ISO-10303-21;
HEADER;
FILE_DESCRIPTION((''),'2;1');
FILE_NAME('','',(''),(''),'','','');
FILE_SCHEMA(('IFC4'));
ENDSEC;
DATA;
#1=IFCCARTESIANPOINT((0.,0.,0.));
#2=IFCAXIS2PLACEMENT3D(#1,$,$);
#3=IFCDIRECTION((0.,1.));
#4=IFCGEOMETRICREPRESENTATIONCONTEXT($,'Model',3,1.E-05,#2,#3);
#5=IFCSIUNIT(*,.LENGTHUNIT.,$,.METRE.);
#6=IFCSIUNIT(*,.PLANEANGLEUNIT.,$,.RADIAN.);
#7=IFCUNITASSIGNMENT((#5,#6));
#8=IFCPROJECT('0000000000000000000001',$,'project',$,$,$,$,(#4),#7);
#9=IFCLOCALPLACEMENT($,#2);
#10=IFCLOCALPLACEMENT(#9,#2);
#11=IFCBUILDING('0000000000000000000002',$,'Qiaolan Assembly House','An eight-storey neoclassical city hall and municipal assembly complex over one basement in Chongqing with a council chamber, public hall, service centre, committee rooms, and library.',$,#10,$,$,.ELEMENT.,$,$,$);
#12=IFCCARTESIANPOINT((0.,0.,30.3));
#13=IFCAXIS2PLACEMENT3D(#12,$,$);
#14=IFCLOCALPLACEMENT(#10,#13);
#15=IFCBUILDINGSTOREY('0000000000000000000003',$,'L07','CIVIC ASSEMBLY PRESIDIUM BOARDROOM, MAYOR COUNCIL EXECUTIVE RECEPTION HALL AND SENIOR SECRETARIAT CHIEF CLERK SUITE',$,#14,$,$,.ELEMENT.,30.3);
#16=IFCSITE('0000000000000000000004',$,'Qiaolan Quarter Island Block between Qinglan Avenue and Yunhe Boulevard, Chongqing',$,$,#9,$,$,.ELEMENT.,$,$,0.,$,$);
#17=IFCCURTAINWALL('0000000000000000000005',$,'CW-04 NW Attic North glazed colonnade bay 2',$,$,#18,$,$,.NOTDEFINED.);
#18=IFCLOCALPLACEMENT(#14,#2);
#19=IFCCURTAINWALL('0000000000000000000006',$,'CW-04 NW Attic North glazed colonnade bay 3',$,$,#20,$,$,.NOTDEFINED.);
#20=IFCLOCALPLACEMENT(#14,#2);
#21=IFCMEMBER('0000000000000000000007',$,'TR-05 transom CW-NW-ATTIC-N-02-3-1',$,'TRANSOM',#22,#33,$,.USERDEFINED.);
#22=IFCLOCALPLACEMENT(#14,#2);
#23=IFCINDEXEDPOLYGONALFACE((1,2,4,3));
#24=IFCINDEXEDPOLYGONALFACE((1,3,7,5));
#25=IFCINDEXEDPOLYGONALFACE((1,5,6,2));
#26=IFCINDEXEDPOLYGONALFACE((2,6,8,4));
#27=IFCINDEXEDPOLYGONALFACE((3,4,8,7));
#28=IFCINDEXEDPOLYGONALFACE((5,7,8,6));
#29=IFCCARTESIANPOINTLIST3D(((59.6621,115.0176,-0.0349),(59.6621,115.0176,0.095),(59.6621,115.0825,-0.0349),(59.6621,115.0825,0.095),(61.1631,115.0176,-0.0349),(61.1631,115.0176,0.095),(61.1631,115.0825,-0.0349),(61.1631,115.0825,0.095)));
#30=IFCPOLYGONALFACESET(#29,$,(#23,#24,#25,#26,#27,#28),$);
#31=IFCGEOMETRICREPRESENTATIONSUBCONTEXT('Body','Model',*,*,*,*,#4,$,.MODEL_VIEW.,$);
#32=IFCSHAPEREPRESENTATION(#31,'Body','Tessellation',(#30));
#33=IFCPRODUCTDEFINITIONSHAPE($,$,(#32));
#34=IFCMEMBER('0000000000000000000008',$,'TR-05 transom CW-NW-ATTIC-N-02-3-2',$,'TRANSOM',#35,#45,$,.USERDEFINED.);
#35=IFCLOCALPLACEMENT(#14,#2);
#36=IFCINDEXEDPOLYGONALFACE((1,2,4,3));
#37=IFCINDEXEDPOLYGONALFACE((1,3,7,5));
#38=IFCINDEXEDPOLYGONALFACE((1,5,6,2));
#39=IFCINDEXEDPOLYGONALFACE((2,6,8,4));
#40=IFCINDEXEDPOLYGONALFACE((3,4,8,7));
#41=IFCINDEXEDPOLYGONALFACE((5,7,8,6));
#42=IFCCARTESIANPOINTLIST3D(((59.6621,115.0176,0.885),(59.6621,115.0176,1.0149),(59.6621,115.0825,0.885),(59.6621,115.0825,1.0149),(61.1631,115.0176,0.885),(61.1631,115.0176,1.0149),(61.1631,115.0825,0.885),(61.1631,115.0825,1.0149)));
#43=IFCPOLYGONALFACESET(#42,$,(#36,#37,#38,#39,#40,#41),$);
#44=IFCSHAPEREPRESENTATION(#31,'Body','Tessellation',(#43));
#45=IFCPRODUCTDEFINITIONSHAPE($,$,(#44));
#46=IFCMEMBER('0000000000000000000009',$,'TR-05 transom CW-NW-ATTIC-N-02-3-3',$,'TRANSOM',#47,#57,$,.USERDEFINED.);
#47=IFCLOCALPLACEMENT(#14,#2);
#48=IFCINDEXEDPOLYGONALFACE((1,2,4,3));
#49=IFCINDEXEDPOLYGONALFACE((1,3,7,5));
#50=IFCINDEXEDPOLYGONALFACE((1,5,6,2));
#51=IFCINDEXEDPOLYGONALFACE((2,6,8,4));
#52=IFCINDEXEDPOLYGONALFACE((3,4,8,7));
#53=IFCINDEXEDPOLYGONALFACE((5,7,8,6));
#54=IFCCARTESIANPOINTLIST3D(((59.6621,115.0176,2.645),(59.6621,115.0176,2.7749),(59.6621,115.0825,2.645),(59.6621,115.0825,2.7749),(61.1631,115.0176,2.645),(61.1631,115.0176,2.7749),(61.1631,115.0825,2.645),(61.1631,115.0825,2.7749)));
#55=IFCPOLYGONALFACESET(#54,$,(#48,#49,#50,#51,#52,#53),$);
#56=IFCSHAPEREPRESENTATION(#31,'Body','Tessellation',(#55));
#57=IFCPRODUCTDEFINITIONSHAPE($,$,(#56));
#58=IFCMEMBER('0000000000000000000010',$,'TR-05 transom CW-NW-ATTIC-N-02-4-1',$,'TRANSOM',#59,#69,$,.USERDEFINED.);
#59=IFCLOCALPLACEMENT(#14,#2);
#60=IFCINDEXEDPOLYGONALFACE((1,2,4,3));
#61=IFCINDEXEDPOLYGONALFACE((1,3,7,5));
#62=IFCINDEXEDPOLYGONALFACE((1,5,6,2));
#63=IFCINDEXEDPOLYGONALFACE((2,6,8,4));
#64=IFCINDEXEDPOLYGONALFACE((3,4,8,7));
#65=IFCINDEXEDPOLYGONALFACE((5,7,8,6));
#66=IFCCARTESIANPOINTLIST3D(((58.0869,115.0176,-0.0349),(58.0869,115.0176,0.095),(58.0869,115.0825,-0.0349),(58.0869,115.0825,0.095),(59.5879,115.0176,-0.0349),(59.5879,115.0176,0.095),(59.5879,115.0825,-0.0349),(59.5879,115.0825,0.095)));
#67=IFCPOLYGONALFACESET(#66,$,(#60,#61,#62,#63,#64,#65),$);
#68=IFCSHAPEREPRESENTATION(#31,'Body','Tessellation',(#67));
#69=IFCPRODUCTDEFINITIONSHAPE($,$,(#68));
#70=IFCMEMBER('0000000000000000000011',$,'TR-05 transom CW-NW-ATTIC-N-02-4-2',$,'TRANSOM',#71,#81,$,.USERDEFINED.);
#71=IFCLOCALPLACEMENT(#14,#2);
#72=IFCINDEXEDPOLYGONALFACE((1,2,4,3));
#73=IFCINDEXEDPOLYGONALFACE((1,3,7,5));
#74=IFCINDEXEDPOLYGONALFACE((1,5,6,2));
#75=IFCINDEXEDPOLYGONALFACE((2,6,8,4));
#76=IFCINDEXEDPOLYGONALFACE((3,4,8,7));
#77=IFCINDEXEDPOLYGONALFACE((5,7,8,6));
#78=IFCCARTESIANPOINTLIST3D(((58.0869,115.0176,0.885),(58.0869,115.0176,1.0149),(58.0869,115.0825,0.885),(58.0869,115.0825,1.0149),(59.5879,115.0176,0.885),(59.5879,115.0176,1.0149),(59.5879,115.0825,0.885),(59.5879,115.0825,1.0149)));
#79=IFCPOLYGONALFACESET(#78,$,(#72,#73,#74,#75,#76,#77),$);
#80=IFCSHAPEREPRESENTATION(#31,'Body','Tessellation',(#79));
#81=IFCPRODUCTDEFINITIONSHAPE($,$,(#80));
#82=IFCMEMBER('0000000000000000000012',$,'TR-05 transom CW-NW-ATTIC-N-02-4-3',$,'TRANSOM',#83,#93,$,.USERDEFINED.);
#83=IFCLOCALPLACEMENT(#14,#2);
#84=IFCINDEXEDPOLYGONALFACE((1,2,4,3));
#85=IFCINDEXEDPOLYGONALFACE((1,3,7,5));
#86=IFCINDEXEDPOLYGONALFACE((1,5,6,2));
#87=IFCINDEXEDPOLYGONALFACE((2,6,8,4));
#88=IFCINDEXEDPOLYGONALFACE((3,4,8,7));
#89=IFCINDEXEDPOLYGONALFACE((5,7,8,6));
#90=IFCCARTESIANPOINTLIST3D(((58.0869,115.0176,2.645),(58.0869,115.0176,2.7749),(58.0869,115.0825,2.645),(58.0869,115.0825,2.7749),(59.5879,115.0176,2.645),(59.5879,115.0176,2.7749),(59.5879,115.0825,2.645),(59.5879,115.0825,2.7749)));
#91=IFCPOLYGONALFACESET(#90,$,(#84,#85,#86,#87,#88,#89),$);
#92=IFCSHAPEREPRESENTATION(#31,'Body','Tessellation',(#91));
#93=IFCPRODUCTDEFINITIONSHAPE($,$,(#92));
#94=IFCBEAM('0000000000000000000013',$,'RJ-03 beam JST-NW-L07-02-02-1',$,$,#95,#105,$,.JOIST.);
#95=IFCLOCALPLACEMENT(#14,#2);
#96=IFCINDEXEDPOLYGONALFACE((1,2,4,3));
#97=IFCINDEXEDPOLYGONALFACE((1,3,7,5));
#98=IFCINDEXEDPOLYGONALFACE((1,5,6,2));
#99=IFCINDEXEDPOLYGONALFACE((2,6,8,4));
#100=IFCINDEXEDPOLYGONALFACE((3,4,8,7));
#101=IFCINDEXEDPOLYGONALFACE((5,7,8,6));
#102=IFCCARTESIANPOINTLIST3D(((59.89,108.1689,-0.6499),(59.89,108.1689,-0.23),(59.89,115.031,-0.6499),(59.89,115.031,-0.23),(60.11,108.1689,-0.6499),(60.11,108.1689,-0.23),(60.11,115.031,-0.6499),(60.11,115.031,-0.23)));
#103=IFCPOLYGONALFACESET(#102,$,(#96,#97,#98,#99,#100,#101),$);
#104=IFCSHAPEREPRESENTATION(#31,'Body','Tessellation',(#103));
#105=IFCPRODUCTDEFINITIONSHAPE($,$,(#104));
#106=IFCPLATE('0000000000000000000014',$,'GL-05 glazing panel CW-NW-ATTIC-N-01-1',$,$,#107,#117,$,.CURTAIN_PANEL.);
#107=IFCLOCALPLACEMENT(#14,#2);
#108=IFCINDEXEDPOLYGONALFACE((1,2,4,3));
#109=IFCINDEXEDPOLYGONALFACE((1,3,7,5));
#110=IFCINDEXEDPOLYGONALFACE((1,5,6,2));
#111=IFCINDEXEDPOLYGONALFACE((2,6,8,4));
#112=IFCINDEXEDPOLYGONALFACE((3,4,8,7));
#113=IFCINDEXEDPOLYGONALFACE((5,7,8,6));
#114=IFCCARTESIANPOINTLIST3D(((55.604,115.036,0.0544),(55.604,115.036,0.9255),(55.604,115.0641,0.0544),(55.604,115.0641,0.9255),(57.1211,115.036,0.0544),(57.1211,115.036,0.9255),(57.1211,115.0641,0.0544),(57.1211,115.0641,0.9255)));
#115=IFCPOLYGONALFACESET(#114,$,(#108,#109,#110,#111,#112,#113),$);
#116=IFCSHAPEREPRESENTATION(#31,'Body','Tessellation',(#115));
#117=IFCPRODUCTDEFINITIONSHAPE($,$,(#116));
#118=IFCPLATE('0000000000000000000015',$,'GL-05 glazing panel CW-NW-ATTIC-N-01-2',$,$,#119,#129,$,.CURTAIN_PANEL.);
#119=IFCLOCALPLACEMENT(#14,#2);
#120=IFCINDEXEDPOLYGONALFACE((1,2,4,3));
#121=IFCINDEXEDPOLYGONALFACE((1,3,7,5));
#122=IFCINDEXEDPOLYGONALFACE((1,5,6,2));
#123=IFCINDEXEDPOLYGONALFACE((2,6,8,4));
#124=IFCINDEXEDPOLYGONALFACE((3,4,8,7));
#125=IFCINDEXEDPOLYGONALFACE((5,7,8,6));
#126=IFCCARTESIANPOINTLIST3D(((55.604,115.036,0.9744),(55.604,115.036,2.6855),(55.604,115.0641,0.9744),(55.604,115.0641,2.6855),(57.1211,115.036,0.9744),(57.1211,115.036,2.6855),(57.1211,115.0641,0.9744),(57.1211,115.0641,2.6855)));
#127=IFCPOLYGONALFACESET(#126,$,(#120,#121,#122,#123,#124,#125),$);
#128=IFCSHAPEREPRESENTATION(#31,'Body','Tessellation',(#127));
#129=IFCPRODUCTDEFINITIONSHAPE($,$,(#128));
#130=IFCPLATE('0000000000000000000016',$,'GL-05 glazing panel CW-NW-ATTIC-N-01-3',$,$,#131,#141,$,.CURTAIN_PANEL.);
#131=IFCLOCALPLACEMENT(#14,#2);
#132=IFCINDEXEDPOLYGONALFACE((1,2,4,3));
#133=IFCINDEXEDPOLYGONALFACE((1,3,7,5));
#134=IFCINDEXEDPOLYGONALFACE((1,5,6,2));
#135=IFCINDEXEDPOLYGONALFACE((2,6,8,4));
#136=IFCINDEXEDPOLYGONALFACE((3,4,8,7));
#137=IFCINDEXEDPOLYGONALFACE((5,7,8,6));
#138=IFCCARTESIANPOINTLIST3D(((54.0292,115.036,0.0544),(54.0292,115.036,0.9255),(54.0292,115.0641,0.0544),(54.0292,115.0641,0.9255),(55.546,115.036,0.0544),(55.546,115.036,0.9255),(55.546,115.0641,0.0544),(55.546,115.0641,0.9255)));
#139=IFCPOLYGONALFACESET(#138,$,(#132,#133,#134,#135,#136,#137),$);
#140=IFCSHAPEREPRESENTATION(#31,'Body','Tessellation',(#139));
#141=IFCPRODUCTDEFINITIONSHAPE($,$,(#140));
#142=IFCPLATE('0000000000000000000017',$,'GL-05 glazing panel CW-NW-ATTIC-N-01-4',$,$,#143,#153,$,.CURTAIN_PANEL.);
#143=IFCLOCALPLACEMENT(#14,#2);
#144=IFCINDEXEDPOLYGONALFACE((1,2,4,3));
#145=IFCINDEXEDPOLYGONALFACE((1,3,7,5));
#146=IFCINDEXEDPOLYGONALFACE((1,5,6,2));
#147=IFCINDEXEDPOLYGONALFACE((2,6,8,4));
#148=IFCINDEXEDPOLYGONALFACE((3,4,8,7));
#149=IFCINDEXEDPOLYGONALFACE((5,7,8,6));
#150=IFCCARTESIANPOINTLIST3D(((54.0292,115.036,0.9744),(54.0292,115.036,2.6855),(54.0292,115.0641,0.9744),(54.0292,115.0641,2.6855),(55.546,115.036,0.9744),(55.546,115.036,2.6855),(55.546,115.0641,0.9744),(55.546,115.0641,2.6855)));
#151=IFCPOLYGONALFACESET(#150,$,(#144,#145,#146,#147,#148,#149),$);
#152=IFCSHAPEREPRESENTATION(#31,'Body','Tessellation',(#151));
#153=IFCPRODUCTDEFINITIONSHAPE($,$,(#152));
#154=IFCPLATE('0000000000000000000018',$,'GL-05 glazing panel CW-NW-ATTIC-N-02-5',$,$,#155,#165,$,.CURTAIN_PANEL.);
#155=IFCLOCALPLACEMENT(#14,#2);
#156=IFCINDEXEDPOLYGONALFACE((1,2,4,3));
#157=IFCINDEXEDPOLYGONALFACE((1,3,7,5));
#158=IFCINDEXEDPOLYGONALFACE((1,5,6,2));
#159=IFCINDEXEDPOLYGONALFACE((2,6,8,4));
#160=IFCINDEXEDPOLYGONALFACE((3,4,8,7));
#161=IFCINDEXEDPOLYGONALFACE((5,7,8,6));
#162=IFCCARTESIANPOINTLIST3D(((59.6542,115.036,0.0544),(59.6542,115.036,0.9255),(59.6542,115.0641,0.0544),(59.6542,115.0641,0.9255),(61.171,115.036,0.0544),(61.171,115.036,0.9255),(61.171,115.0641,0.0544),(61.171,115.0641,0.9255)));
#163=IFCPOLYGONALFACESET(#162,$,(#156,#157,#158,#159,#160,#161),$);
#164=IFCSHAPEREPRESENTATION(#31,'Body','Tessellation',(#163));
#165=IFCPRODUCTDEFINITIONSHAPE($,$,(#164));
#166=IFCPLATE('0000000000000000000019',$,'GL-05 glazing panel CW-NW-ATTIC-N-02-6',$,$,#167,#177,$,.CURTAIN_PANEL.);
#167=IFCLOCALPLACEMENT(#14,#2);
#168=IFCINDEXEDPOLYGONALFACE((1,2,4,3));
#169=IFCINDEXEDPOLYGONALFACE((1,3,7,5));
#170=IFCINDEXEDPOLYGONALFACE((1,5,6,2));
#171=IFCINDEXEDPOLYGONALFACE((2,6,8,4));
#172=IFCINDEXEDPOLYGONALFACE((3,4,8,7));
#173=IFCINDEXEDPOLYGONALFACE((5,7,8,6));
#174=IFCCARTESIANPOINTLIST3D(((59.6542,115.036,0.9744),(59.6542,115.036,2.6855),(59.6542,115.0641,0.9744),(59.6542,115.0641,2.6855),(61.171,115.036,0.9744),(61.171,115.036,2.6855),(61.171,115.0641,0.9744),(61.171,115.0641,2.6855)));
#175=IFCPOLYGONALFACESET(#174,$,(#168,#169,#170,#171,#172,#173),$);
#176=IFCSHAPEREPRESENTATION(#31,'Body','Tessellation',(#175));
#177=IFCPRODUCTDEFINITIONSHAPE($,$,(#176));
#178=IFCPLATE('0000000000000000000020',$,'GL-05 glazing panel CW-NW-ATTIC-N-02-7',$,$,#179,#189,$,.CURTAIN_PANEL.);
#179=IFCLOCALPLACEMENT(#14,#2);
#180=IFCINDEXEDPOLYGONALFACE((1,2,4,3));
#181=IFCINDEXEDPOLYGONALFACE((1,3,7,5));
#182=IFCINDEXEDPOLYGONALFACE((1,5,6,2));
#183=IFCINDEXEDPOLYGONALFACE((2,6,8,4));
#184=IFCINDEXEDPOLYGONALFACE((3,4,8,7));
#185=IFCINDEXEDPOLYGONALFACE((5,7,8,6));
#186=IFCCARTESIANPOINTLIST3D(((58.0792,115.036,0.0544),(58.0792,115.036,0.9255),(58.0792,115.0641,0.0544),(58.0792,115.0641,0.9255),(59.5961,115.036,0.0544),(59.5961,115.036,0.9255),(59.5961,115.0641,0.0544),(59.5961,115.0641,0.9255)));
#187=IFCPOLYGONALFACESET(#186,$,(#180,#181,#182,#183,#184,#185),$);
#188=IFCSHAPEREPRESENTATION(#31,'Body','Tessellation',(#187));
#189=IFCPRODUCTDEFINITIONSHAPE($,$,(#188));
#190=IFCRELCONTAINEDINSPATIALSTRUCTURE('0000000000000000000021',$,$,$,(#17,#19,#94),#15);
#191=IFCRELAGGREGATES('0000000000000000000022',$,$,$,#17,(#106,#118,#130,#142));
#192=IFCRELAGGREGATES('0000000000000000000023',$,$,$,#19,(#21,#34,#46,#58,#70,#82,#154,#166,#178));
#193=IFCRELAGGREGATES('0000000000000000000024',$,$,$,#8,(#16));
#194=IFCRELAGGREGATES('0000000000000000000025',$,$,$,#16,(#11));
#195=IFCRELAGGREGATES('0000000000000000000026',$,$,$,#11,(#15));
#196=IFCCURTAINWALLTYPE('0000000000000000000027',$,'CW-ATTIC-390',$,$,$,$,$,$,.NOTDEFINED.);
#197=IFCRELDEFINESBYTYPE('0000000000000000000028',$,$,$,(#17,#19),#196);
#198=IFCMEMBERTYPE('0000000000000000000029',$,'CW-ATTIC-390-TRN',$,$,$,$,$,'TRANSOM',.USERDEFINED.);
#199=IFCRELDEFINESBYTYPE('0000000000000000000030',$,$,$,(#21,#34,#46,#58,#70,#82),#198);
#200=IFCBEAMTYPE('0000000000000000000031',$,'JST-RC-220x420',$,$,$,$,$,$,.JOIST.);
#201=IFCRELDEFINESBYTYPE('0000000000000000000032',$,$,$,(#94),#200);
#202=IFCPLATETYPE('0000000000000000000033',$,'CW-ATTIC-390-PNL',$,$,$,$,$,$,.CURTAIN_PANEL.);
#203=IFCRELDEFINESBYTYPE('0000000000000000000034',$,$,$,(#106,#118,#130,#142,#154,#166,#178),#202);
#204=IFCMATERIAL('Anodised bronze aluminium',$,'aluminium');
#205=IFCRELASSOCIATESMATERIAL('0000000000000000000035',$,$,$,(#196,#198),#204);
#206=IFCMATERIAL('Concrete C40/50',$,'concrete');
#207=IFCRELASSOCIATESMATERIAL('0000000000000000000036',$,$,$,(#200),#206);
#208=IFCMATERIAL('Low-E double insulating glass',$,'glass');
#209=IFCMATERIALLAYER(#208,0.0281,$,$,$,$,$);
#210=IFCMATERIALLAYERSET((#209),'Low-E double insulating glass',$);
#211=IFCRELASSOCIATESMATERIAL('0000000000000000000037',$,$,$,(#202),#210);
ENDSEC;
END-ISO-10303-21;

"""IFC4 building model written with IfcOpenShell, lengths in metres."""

from ifc_helpers import new_model, si_unit, direction, frame, frame_2d, origin, origin_2d, place, context, subcontext, project, spatial, rectangle, extrude, material, layer, layer_set, material_profile, profile_set, type_object, element, aggregate, save


model = new_model("IFC4")

# Units and contexts
model_context = context("Model", 3, precision=1e-05, world=origin(), true_north=direction((0.0, 1.0)))
body_context = subcontext(model_context, "Body", "Model", "MODEL_VIEW")
ifc_project = project(units=[si_unit("LENGTHUNIT", "METRE"), si_unit("PLANEANGLEUNIT", "RADIAN")], contexts=[model_context])

# Site, building, storey
site_placement = place(None, origin())
site = spatial("IfcSite", under=ifc_project, at=site_placement, Name="Qiaolan Quarter Island Block between Qinglan Avenue and Yunhe Boulevard, Chongqing", CompositionType="ELEMENT", RefElevation=0.0)
building_placement = place(site_placement, origin())
building = spatial("IfcBuilding", under=site, at=building_placement, Name="Qiaolan Assembly House", Description="An eight-storey neoclassical city hall and municipal assembly complex over one basement in Chongqing with a council chamber, public hall, service centre, committee rooms, and library.", CompositionType="ELEMENT")
storey_placement = place(building_placement, frame((0.0, 0.0, 30.3)))
storey = spatial("IfcBuildingStorey", under=building, at=storey_placement, Name="L07", Description="CIVIC ASSEMBLY PRESIDIUM BOARDROOM, MAYOR COUNCIL EXECUTIVE RECEPTION HALL AND SENIOR SECRETARIAT CHIEF CLERK SUITE", CompositionType="ELEMENT", Elevation=30.3)

# Shared definitions
ifc_material_1 = material(Name="Concrete C40/50", Category="concrete")

# Curtain walls
ifc_material_2 = material(Name="Anodised bronze aluminium", Category="aluminium")
curtain_wall_type = type_object("IfcCurtainWallType", Name="CW-ATTIC-390", PredefinedType="NOTDEFINED", material=ifc_material_2)
curtain_wall_1_placement = place(storey_placement, origin())
curtain_wall_1 = element("IfcCurtainWall", 1, at=curtain_wall_1_placement, inside=storey, type_object=curtain_wall_type, Name="CW-04 NW Attic North glazed colonnade bay 2", PredefinedType="NOTDEFINED")
curtain_wall_2_placement = place(storey_placement, origin())
curtain_wall_2 = element("IfcCurtainWall", 2, at=curtain_wall_2_placement, inside=storey, type_object=curtain_wall_type, Name="CW-04 NW Attic North glazed colonnade bay 3", PredefinedType="NOTDEFINED")

# Members
ifc_material_profile_1 = material_profile(ifc_material_2, rectangle(XDim=0.0649, YDim=0.1299, at=origin_2d()), Name="TRN 65x130")
ifc_profile_set_1 = profile_set([ifc_material_profile_1], Name="Anodised bronze aluminium")
member_type_1 = type_object("IfcMemberType", Name="CW-ATTIC-390-TRN", ElementType="TRANSOM", PredefinedType="USERDEFINED", material=ifc_profile_set_1)
member_1_placement = place(storey_placement, frame((61.1631, 115.05, 0.03), z_axis=(-1.0, 0.0, 0.0), x_axis=(0.0, -1.0, 0.0)))
member_1 = element("IfcMember", 3, at=member_1_placement, type_object=member_type_1, Name="TR-05 transom CW-NW-ATTIC-N-02-3-1", ObjectType="TRANSOM", PredefinedType="USERDEFINED", context=body_context, shape_type="SweptSolid", body=[
    extrude(rectangle(XDim=0.0649, YDim=0.1299, at=origin_2d()), origin(), (0.0, 0.0, 1.0), 1.501),
])
member_2_placement = place(storey_placement, frame((61.1631, 115.05, 0.95), z_axis=(-1.0, 0.0, 0.0), x_axis=(0.0, -1.0, 0.0)))
member_2 = element("IfcMember", 4, at=member_2_placement, type_object=member_type_1, Name="TR-05 transom CW-NW-ATTIC-N-02-3-2", ObjectType="TRANSOM", PredefinedType="USERDEFINED", context=body_context, shape_type="SweptSolid", body=[
    extrude(rectangle(XDim=0.0649, YDim=0.1299, at=origin_2d()), origin(), (0.0, 0.0, 1.0), 1.501),
])
member_3_placement = place(storey_placement, frame((61.1631, 115.05, 2.71), z_axis=(-1.0, 0.0, 0.0), x_axis=(0.0, -1.0, 0.0)))
member_3 = element("IfcMember", 5, at=member_3_placement, type_object=member_type_1, Name="TR-05 transom CW-NW-ATTIC-N-02-3-3", ObjectType="TRANSOM", PredefinedType="USERDEFINED", context=body_context, shape_type="SweptSolid", body=[
    extrude(rectangle(XDim=0.0649, YDim=0.1299, at=origin_2d()), origin(), (0.0, 0.0, 1.0), 1.501),
])
member_4_placement = place(storey_placement, frame((59.5879, 115.05, 0.03), z_axis=(-1.0, 0.0, 0.0), x_axis=(0.0, -1.0, 0.0)))
member_4 = element("IfcMember", 6, at=member_4_placement, type_object=member_type_1, Name="TR-05 transom CW-NW-ATTIC-N-02-4-1", ObjectType="TRANSOM", PredefinedType="USERDEFINED", context=body_context, shape_type="SweptSolid", body=[
    extrude(rectangle(XDim=0.0649, YDim=0.1299, at=origin_2d()), origin(), (0.0, 0.0, 1.0), 1.501),
])
member_5_placement = place(storey_placement, frame((59.5879, 115.05, 0.95), z_axis=(-1.0, 0.0, 0.0), x_axis=(0.0, -1.0, 0.0)))
member_5 = element("IfcMember", 7, at=member_5_placement, type_object=member_type_1, Name="TR-05 transom CW-NW-ATTIC-N-02-4-2", ObjectType="TRANSOM", PredefinedType="USERDEFINED", context=body_context, shape_type="SweptSolid", body=[
    extrude(rectangle(XDim=0.0649, YDim=0.1299, at=origin_2d()), origin(), (0.0, 0.0, 1.0), 1.501),
])
member_6_placement = place(storey_placement, frame((59.5879, 115.05, 2.71), z_axis=(-1.0, 0.0, 0.0), x_axis=(0.0, -1.0, 0.0)))
member_6 = element("IfcMember", 8, at=member_6_placement, type_object=member_type_1, Name="TR-05 transom CW-NW-ATTIC-N-02-4-3", ObjectType="TRANSOM", PredefinedType="USERDEFINED", context=body_context, shape_type="SweptSolid", body=[
    extrude(rectangle(XDim=0.0649, YDim=0.1299, at=origin_2d()), origin(), (0.0, 0.0, 1.0), 1.501),
])

# Beam
ifc_material_profile_2 = material_profile(ifc_material_1, rectangle(XDim=0.22, YDim=0.4199, at=origin_2d()), Name="RCB 220x420")
ifc_profile_set_2 = profile_set([ifc_material_profile_2], Name="Concrete C40/50")
beam_type_1 = type_object("IfcBeamType", Name="JST-RC-220x420", PredefinedType="JOIST", material=ifc_profile_set_2)
beam_1_placement = place(storey_placement, frame((60.0, 108.1689, -0.4399), z_axis=(0.0, 1.0, 0.0), x_axis=(-1.0, 0.0, 0.0)))
element("IfcBeam", 9, at=beam_1_placement, inside=storey, type_object=beam_type_1, Name="RJ-03 beam JST-NW-L07-02-02-1", PredefinedType="JOIST", context=body_context, shape_type="SweptSolid", body=[
    extrude(rectangle(XDim=0.22, YDim=0.4199, at=origin_2d()), origin(), (0.0, 0.0, 1.0), 6.8621),
])

# Plates
ifc_material_3 = material(Name="Low-E double insulating glass", Category="glass")
ifc_layer_1 = layer(ifc_material_3, 0.0281)
ifc_layer_set_1 = layer_set([ifc_layer_1], Name="Low-E double insulating glass")
plate_type = type_object("IfcPlateType", Name="CW-ATTIC-390-PNL", PredefinedType="CURTAIN_PANEL", material=ifc_layer_set_1)
plate_1_placement = place(storey_placement, frame((57.1211, 115.05, 0.0544), z_axis=(0.0, 0.0, 1.0), x_axis=(-1.0, 0.0, 0.0)))
plate_1 = element("IfcPlate", 10, at=plate_1_placement, type_object=plate_type, Name="GL-05 glazing panel CW-NW-ATTIC-N-01-1", PredefinedType="CURTAIN_PANEL", context=body_context, shape_type="SweptSolid", body=[
    extrude(rectangle(XDim=1.5171, YDim=0.0281, at=frame_2d((0.7585, 0.0))), origin(), (0.0, 0.0, 1.0), 0.8711),
])
plate_2_placement = place(storey_placement, frame((57.1211, 115.05, 0.9744), z_axis=(0.0, 0.0, 1.0), x_axis=(-1.0, 0.0, 0.0)))
plate_2 = element("IfcPlate", 11, at=plate_2_placement, type_object=plate_type, Name="GL-05 glazing panel CW-NW-ATTIC-N-01-2", PredefinedType="CURTAIN_PANEL", context=body_context, shape_type="SweptSolid", body=[
    extrude(rectangle(XDim=1.5171, YDim=0.0281, at=frame_2d((0.7585, 0.0))), origin(), (0.0, 0.0, 1.0), 1.7112),
])
plate_3_placement = place(storey_placement, frame((55.5459, 115.05, 0.0544), z_axis=(0.0, 0.0, 1.0), x_axis=(-1.0, 0.0, 0.0)))
plate_3 = element("IfcPlate", 12, at=plate_3_placement, type_object=plate_type, Name="GL-05 glazing panel CW-NW-ATTIC-N-01-3", PredefinedType="CURTAIN_PANEL", context=body_context, shape_type="SweptSolid", body=[
    extrude(rectangle(XDim=1.5168, YDim=0.0281, at=frame_2d((0.7583, 0.0))), origin(), (0.0, 0.0, 1.0), 0.8711),
])
plate_4_placement = place(storey_placement, frame((55.5459, 115.05, 0.9744), z_axis=(0.0, 0.0, 1.0), x_axis=(-1.0, 0.0, 0.0)))
plate_4 = element("IfcPlate", 13, at=plate_4_placement, type_object=plate_type, Name="GL-05 glazing panel CW-NW-ATTIC-N-01-4", PredefinedType="CURTAIN_PANEL", context=body_context, shape_type="SweptSolid", body=[
    extrude(rectangle(XDim=1.5168, YDim=0.0281, at=frame_2d((0.7583, 0.0))), origin(), (0.0, 0.0, 1.0), 1.7112),
])
aggregate(curtain_wall_1, [plate_1, plate_2, plate_3, plate_4])
plate_5_placement = place(storey_placement, frame((61.1709, 115.05, 0.0544), z_axis=(0.0, 0.0, 1.0), x_axis=(-1.0, 0.0, 0.0)))
plate_5 = element("IfcPlate", 14, at=plate_5_placement, type_object=plate_type, Name="GL-05 glazing panel CW-NW-ATTIC-N-02-5", PredefinedType="CURTAIN_PANEL", context=body_context, shape_type="SweptSolid", body=[
    extrude(rectangle(XDim=1.5168, YDim=0.0281, at=frame_2d((0.7583, 0.0))), origin(), (0.0, 0.0, 1.0), 0.8711),
])
plate_6_placement = place(storey_placement, frame((61.1709, 115.05, 0.9744), z_axis=(0.0, 0.0, 1.0), x_axis=(-1.0, 0.0, 0.0)))
plate_6 = element("IfcPlate", 15, at=plate_6_placement, type_object=plate_type, Name="GL-05 glazing panel CW-NW-ATTIC-N-02-6", PredefinedType="CURTAIN_PANEL", context=body_context, shape_type="SweptSolid", body=[
    extrude(rectangle(XDim=1.5168, YDim=0.0281, at=frame_2d((0.7583, 0.0))), origin(), (0.0, 0.0, 1.0), 1.7112),
])
plate_7_placement = place(storey_placement, frame((59.5959, 115.05, 0.0544), z_axis=(0.0, 0.0, 1.0), x_axis=(-1.0, 0.0, 0.0)))
plate_7 = element("IfcPlate", 16, at=plate_7_placement, type_object=plate_type, Name="GL-05 glazing panel CW-NW-ATTIC-N-02-7", PredefinedType="CURTAIN_PANEL", context=body_context, shape_type="SweptSolid", body=[
    extrude(rectangle(XDim=1.5168, YDim=0.0281, at=frame_2d((0.7583, 0.0))), origin(), (0.0, 0.0, 1.0), 0.8711),
])
aggregate(curtain_wall_2, [member_1, member_2, member_3, member_4, member_5, member_6, plate_5, plate_6, plate_7])

save(model, "model.ifc")
